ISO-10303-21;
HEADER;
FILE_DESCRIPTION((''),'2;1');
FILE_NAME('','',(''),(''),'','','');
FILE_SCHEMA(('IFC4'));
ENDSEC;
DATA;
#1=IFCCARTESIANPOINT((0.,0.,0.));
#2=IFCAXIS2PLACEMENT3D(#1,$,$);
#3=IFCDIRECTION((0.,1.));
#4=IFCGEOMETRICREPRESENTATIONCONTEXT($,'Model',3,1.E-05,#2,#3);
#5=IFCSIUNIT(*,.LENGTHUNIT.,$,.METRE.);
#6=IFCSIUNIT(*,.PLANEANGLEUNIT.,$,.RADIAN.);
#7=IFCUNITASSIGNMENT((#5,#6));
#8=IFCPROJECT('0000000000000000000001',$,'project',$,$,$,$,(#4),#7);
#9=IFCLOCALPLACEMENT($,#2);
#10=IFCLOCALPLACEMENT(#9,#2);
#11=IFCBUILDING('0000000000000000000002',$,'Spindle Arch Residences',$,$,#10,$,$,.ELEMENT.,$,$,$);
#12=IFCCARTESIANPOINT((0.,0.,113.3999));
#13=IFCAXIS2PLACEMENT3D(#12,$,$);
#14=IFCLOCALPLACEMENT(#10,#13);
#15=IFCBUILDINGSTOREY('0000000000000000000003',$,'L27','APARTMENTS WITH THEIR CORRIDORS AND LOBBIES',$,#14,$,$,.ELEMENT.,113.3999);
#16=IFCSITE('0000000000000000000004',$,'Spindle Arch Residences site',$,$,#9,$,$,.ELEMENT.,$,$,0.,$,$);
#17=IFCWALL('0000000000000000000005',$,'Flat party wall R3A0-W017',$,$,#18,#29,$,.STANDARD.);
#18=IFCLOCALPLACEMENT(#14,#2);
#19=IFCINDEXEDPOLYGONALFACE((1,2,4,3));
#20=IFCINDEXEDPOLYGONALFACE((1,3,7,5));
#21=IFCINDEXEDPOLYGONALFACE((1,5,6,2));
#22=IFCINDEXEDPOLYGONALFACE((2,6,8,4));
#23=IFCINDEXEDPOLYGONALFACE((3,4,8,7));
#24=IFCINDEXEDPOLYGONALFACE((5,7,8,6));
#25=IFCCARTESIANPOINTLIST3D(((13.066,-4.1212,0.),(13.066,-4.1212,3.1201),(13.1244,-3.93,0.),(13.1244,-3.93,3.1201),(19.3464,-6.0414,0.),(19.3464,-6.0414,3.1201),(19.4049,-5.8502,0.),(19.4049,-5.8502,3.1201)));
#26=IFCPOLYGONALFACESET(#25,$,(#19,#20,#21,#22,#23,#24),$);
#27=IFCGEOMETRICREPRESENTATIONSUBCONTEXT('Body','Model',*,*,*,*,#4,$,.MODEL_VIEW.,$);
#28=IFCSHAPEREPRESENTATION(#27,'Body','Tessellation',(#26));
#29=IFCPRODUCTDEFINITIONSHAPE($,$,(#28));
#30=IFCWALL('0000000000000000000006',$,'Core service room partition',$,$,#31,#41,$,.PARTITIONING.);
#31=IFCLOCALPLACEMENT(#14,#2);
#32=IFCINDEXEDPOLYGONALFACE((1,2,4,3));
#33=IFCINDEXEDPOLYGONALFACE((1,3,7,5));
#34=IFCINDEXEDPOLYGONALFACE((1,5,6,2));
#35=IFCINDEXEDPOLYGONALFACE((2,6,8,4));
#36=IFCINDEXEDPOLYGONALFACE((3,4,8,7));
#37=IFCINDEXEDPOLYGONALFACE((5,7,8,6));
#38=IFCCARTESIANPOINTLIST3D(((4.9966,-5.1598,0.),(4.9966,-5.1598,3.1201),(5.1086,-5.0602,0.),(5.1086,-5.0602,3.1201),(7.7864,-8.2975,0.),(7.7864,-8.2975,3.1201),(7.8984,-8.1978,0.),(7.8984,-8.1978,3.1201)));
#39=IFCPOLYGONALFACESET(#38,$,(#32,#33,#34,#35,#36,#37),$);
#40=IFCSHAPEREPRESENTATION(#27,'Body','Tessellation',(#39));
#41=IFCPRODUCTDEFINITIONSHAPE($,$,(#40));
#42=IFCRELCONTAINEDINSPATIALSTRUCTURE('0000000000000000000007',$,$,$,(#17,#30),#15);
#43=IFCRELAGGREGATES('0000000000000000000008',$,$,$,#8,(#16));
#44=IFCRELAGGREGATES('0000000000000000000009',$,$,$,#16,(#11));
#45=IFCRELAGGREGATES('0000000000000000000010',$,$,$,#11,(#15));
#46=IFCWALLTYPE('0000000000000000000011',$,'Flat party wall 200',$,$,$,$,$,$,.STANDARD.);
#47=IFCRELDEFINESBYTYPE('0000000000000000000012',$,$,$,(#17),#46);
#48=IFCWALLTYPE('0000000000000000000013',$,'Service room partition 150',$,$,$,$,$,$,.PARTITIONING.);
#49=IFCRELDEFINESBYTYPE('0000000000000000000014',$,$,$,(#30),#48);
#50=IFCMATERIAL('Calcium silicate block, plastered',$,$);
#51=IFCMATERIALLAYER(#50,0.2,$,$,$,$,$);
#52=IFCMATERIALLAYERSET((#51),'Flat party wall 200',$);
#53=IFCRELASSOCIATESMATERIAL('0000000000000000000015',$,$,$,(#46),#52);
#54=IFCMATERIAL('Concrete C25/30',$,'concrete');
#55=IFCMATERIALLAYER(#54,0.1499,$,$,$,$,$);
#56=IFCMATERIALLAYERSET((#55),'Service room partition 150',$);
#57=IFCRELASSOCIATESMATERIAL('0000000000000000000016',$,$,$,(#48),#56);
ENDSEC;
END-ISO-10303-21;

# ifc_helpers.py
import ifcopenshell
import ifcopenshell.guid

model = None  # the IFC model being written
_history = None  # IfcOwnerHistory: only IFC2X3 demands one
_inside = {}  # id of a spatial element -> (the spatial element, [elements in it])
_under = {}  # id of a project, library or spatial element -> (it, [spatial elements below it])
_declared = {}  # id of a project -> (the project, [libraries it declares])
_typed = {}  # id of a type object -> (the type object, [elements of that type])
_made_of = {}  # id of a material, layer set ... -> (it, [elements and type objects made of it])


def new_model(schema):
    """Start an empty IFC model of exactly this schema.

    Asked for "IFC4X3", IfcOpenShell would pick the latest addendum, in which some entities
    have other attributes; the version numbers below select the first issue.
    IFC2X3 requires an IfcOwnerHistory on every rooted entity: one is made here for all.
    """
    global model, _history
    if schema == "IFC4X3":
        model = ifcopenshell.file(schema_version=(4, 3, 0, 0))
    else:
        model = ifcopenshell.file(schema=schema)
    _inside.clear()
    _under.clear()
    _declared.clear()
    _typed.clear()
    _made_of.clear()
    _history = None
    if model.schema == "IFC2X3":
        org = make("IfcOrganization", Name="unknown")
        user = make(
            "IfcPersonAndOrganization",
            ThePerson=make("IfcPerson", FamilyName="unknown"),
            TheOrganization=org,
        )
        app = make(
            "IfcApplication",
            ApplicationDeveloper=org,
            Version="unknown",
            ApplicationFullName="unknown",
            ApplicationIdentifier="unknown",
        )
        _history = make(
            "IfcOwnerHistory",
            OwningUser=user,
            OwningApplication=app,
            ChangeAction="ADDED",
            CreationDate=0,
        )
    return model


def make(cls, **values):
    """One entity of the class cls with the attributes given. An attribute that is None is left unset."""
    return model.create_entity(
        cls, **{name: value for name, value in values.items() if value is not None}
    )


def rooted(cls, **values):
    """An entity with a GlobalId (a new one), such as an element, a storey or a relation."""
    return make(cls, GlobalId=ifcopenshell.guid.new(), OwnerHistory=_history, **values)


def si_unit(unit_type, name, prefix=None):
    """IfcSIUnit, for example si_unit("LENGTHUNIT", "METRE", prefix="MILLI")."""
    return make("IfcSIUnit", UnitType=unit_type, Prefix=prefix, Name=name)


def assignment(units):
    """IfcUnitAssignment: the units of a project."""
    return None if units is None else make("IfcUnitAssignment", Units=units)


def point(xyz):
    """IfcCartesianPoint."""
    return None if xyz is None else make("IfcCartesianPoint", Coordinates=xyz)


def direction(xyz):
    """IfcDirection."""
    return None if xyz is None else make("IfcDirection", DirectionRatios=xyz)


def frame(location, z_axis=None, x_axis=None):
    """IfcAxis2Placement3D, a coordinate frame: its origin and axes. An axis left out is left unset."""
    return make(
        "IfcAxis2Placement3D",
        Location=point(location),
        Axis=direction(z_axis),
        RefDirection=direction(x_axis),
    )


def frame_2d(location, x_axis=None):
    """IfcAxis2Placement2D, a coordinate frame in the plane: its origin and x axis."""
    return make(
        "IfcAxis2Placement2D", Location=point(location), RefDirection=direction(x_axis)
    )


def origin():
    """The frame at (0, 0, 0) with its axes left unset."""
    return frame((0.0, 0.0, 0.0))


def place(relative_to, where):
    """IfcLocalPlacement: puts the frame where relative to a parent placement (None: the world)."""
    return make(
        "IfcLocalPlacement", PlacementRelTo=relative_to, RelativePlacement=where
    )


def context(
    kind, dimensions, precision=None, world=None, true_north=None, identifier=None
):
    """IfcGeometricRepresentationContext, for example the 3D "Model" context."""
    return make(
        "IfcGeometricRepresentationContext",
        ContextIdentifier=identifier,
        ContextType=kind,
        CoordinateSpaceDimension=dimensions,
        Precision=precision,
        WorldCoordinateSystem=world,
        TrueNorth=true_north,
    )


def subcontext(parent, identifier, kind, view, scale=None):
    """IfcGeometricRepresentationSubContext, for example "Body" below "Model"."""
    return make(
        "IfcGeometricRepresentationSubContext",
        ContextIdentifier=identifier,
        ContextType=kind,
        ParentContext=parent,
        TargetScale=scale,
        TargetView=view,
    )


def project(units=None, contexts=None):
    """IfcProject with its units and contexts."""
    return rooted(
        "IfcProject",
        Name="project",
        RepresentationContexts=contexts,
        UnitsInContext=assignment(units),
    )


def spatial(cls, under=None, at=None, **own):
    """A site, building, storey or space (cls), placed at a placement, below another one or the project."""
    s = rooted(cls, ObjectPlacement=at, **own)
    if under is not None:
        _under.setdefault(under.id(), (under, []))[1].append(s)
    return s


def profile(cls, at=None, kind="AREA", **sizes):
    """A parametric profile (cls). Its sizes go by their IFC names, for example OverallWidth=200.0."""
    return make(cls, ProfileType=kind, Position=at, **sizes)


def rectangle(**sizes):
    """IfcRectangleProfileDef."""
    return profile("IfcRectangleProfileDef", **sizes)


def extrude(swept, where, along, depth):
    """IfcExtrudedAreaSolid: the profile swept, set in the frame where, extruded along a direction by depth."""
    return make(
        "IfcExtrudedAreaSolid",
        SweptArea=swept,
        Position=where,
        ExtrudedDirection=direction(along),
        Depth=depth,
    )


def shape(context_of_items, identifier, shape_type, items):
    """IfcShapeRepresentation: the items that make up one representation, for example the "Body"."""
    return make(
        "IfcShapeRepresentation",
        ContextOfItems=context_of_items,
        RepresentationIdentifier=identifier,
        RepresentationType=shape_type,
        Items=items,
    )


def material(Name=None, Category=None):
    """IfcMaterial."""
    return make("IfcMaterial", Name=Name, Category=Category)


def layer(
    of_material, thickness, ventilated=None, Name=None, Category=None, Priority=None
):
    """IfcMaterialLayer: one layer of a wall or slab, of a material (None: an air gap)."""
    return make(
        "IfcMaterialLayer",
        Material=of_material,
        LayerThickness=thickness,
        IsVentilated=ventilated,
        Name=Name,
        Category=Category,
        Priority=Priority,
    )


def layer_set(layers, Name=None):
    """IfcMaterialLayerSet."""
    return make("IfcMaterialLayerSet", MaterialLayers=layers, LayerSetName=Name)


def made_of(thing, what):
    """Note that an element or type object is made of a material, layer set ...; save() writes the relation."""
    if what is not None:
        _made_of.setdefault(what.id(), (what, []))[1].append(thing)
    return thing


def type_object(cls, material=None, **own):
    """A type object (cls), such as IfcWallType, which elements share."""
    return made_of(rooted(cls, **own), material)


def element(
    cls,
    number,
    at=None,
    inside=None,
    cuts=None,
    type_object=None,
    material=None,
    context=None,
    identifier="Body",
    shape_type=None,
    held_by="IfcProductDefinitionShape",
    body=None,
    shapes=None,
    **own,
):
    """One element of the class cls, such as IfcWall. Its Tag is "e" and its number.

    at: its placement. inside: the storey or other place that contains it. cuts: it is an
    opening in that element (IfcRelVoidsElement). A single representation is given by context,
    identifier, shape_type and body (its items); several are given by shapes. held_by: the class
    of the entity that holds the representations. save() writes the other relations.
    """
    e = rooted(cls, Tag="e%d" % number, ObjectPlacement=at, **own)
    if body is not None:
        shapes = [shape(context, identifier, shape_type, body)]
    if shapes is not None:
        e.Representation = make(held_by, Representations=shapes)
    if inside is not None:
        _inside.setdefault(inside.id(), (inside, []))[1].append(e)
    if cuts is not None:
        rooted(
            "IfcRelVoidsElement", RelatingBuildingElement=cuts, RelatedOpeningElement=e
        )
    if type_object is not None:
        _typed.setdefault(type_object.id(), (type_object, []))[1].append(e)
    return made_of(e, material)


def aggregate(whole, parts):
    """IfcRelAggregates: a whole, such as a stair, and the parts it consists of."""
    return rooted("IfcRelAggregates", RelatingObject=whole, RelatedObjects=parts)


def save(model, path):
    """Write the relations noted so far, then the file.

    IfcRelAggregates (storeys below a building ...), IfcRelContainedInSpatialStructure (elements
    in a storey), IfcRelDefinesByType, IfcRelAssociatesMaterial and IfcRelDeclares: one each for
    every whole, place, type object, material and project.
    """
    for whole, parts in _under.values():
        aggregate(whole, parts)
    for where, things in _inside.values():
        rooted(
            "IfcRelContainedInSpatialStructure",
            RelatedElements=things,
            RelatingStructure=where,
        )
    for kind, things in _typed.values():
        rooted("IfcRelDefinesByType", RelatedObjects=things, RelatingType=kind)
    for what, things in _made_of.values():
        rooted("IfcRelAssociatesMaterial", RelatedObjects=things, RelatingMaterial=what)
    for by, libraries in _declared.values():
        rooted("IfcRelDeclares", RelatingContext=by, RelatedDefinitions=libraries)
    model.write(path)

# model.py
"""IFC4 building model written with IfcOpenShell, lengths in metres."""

from ifc_helpers import new_model, si_unit, direction, frame, frame_2d, origin, place, context, subcontext, project, spatial, rectangle, extrude, material, layer, layer_set, type_object, element, save


model = new_model("IFC4")

# Units and contexts
model_context = context("Model", 3, precision=1e-05, world=origin(), true_north=direction((0.0, 1.0)))
body_context = subcontext(model_context, "Body", "Model", "MODEL_VIEW")
ifc_project = project(units=[si_unit("LENGTHUNIT", "METRE"), si_unit("PLANEANGLEUNIT", "RADIAN")], contexts=[model_context])

# Site, building, storey
site_placement = place(None, origin())
site = spatial("IfcSite", under=ifc_project, at=site_placement, Name="Spindle Arch Residences site", CompositionType="ELEMENT", RefElevation=0.0)
building_placement = place(site_placement, origin())
building = spatial("IfcBuilding", under=site, at=building_placement, Name="Spindle Arch Residences", CompositionType="ELEMENT")
storey_placement = place(building_placement, frame((0.0, 0.0, 113.3999)))
storey = spatial("IfcBuildingStorey", under=building, at=storey_placement, Name="L27", Description="APARTMENTS WITH THEIR CORRIDORS AND LOBBIES", CompositionType="ELEMENT", Elevation=113.3999)

# Walls
ifc_material_1 = material(Name="Calcium silicate block, plastered")
ifc_layer_1 = layer(ifc_material_1, 0.2)
ifc_layer_set_1 = layer_set([ifc_layer_1], Name="Flat party wall 200")
wall_type_1 = type_object("IfcWallType", Name="Flat party wall 200", PredefinedType="STANDARD", material=ifc_layer_set_1)
wall_1_placement = place(storey_placement, frame((13.0952, -4.0256, 0.0), z_axis=(0.0, 0.0, 1.0), x_axis=(0.956304, -0.292374, 0.0)))
element("IfcWall", 1, at=wall_1_placement, inside=storey, type_object=wall_type_1, Name="Flat party wall R3A0-W017", PredefinedType="STANDARD", context=body_context, shape_type="SweptSolid", body=[
    extrude(rectangle(XDim=6.5674, YDim=0.2, at=frame_2d((3.2837, 0.0))), origin(), (0.0, 0.0, 1.0), 3.1201),
])
ifc_material_2 = material(Name="Concrete C25/30", Category="concrete")
ifc_layer_2 = layer(ifc_material_2, 0.1499)
ifc_layer_set_2 = layer_set([ifc_layer_2], Name="Service room partition 150")
wall_type_2 = type_object("IfcWallType", Name="Service room partition 150", PredefinedType="PARTITIONING", material=ifc_layer_set_2)
wall_2_placement = place(storey_placement, frame((7.8423, -8.2476, 0.0), z_axis=(0.0, 0.0, 1.0), x_axis=(-0.664461, 0.747323, 0.0)))
element("IfcWall", 2, at=wall_2_placement, inside=storey, type_object=wall_type_2, Name="Core service room partition", PredefinedType="PARTITIONING", context=body_context, shape_type="SweptSolid", body=[
    extrude(rectangle(XDim=4.1985, YDim=0.1499, at=frame_2d((2.0991, 0.0))), origin(), (0.0, 0.0, 1.0), 3.1201),
])

save(model, "model.ifc")
